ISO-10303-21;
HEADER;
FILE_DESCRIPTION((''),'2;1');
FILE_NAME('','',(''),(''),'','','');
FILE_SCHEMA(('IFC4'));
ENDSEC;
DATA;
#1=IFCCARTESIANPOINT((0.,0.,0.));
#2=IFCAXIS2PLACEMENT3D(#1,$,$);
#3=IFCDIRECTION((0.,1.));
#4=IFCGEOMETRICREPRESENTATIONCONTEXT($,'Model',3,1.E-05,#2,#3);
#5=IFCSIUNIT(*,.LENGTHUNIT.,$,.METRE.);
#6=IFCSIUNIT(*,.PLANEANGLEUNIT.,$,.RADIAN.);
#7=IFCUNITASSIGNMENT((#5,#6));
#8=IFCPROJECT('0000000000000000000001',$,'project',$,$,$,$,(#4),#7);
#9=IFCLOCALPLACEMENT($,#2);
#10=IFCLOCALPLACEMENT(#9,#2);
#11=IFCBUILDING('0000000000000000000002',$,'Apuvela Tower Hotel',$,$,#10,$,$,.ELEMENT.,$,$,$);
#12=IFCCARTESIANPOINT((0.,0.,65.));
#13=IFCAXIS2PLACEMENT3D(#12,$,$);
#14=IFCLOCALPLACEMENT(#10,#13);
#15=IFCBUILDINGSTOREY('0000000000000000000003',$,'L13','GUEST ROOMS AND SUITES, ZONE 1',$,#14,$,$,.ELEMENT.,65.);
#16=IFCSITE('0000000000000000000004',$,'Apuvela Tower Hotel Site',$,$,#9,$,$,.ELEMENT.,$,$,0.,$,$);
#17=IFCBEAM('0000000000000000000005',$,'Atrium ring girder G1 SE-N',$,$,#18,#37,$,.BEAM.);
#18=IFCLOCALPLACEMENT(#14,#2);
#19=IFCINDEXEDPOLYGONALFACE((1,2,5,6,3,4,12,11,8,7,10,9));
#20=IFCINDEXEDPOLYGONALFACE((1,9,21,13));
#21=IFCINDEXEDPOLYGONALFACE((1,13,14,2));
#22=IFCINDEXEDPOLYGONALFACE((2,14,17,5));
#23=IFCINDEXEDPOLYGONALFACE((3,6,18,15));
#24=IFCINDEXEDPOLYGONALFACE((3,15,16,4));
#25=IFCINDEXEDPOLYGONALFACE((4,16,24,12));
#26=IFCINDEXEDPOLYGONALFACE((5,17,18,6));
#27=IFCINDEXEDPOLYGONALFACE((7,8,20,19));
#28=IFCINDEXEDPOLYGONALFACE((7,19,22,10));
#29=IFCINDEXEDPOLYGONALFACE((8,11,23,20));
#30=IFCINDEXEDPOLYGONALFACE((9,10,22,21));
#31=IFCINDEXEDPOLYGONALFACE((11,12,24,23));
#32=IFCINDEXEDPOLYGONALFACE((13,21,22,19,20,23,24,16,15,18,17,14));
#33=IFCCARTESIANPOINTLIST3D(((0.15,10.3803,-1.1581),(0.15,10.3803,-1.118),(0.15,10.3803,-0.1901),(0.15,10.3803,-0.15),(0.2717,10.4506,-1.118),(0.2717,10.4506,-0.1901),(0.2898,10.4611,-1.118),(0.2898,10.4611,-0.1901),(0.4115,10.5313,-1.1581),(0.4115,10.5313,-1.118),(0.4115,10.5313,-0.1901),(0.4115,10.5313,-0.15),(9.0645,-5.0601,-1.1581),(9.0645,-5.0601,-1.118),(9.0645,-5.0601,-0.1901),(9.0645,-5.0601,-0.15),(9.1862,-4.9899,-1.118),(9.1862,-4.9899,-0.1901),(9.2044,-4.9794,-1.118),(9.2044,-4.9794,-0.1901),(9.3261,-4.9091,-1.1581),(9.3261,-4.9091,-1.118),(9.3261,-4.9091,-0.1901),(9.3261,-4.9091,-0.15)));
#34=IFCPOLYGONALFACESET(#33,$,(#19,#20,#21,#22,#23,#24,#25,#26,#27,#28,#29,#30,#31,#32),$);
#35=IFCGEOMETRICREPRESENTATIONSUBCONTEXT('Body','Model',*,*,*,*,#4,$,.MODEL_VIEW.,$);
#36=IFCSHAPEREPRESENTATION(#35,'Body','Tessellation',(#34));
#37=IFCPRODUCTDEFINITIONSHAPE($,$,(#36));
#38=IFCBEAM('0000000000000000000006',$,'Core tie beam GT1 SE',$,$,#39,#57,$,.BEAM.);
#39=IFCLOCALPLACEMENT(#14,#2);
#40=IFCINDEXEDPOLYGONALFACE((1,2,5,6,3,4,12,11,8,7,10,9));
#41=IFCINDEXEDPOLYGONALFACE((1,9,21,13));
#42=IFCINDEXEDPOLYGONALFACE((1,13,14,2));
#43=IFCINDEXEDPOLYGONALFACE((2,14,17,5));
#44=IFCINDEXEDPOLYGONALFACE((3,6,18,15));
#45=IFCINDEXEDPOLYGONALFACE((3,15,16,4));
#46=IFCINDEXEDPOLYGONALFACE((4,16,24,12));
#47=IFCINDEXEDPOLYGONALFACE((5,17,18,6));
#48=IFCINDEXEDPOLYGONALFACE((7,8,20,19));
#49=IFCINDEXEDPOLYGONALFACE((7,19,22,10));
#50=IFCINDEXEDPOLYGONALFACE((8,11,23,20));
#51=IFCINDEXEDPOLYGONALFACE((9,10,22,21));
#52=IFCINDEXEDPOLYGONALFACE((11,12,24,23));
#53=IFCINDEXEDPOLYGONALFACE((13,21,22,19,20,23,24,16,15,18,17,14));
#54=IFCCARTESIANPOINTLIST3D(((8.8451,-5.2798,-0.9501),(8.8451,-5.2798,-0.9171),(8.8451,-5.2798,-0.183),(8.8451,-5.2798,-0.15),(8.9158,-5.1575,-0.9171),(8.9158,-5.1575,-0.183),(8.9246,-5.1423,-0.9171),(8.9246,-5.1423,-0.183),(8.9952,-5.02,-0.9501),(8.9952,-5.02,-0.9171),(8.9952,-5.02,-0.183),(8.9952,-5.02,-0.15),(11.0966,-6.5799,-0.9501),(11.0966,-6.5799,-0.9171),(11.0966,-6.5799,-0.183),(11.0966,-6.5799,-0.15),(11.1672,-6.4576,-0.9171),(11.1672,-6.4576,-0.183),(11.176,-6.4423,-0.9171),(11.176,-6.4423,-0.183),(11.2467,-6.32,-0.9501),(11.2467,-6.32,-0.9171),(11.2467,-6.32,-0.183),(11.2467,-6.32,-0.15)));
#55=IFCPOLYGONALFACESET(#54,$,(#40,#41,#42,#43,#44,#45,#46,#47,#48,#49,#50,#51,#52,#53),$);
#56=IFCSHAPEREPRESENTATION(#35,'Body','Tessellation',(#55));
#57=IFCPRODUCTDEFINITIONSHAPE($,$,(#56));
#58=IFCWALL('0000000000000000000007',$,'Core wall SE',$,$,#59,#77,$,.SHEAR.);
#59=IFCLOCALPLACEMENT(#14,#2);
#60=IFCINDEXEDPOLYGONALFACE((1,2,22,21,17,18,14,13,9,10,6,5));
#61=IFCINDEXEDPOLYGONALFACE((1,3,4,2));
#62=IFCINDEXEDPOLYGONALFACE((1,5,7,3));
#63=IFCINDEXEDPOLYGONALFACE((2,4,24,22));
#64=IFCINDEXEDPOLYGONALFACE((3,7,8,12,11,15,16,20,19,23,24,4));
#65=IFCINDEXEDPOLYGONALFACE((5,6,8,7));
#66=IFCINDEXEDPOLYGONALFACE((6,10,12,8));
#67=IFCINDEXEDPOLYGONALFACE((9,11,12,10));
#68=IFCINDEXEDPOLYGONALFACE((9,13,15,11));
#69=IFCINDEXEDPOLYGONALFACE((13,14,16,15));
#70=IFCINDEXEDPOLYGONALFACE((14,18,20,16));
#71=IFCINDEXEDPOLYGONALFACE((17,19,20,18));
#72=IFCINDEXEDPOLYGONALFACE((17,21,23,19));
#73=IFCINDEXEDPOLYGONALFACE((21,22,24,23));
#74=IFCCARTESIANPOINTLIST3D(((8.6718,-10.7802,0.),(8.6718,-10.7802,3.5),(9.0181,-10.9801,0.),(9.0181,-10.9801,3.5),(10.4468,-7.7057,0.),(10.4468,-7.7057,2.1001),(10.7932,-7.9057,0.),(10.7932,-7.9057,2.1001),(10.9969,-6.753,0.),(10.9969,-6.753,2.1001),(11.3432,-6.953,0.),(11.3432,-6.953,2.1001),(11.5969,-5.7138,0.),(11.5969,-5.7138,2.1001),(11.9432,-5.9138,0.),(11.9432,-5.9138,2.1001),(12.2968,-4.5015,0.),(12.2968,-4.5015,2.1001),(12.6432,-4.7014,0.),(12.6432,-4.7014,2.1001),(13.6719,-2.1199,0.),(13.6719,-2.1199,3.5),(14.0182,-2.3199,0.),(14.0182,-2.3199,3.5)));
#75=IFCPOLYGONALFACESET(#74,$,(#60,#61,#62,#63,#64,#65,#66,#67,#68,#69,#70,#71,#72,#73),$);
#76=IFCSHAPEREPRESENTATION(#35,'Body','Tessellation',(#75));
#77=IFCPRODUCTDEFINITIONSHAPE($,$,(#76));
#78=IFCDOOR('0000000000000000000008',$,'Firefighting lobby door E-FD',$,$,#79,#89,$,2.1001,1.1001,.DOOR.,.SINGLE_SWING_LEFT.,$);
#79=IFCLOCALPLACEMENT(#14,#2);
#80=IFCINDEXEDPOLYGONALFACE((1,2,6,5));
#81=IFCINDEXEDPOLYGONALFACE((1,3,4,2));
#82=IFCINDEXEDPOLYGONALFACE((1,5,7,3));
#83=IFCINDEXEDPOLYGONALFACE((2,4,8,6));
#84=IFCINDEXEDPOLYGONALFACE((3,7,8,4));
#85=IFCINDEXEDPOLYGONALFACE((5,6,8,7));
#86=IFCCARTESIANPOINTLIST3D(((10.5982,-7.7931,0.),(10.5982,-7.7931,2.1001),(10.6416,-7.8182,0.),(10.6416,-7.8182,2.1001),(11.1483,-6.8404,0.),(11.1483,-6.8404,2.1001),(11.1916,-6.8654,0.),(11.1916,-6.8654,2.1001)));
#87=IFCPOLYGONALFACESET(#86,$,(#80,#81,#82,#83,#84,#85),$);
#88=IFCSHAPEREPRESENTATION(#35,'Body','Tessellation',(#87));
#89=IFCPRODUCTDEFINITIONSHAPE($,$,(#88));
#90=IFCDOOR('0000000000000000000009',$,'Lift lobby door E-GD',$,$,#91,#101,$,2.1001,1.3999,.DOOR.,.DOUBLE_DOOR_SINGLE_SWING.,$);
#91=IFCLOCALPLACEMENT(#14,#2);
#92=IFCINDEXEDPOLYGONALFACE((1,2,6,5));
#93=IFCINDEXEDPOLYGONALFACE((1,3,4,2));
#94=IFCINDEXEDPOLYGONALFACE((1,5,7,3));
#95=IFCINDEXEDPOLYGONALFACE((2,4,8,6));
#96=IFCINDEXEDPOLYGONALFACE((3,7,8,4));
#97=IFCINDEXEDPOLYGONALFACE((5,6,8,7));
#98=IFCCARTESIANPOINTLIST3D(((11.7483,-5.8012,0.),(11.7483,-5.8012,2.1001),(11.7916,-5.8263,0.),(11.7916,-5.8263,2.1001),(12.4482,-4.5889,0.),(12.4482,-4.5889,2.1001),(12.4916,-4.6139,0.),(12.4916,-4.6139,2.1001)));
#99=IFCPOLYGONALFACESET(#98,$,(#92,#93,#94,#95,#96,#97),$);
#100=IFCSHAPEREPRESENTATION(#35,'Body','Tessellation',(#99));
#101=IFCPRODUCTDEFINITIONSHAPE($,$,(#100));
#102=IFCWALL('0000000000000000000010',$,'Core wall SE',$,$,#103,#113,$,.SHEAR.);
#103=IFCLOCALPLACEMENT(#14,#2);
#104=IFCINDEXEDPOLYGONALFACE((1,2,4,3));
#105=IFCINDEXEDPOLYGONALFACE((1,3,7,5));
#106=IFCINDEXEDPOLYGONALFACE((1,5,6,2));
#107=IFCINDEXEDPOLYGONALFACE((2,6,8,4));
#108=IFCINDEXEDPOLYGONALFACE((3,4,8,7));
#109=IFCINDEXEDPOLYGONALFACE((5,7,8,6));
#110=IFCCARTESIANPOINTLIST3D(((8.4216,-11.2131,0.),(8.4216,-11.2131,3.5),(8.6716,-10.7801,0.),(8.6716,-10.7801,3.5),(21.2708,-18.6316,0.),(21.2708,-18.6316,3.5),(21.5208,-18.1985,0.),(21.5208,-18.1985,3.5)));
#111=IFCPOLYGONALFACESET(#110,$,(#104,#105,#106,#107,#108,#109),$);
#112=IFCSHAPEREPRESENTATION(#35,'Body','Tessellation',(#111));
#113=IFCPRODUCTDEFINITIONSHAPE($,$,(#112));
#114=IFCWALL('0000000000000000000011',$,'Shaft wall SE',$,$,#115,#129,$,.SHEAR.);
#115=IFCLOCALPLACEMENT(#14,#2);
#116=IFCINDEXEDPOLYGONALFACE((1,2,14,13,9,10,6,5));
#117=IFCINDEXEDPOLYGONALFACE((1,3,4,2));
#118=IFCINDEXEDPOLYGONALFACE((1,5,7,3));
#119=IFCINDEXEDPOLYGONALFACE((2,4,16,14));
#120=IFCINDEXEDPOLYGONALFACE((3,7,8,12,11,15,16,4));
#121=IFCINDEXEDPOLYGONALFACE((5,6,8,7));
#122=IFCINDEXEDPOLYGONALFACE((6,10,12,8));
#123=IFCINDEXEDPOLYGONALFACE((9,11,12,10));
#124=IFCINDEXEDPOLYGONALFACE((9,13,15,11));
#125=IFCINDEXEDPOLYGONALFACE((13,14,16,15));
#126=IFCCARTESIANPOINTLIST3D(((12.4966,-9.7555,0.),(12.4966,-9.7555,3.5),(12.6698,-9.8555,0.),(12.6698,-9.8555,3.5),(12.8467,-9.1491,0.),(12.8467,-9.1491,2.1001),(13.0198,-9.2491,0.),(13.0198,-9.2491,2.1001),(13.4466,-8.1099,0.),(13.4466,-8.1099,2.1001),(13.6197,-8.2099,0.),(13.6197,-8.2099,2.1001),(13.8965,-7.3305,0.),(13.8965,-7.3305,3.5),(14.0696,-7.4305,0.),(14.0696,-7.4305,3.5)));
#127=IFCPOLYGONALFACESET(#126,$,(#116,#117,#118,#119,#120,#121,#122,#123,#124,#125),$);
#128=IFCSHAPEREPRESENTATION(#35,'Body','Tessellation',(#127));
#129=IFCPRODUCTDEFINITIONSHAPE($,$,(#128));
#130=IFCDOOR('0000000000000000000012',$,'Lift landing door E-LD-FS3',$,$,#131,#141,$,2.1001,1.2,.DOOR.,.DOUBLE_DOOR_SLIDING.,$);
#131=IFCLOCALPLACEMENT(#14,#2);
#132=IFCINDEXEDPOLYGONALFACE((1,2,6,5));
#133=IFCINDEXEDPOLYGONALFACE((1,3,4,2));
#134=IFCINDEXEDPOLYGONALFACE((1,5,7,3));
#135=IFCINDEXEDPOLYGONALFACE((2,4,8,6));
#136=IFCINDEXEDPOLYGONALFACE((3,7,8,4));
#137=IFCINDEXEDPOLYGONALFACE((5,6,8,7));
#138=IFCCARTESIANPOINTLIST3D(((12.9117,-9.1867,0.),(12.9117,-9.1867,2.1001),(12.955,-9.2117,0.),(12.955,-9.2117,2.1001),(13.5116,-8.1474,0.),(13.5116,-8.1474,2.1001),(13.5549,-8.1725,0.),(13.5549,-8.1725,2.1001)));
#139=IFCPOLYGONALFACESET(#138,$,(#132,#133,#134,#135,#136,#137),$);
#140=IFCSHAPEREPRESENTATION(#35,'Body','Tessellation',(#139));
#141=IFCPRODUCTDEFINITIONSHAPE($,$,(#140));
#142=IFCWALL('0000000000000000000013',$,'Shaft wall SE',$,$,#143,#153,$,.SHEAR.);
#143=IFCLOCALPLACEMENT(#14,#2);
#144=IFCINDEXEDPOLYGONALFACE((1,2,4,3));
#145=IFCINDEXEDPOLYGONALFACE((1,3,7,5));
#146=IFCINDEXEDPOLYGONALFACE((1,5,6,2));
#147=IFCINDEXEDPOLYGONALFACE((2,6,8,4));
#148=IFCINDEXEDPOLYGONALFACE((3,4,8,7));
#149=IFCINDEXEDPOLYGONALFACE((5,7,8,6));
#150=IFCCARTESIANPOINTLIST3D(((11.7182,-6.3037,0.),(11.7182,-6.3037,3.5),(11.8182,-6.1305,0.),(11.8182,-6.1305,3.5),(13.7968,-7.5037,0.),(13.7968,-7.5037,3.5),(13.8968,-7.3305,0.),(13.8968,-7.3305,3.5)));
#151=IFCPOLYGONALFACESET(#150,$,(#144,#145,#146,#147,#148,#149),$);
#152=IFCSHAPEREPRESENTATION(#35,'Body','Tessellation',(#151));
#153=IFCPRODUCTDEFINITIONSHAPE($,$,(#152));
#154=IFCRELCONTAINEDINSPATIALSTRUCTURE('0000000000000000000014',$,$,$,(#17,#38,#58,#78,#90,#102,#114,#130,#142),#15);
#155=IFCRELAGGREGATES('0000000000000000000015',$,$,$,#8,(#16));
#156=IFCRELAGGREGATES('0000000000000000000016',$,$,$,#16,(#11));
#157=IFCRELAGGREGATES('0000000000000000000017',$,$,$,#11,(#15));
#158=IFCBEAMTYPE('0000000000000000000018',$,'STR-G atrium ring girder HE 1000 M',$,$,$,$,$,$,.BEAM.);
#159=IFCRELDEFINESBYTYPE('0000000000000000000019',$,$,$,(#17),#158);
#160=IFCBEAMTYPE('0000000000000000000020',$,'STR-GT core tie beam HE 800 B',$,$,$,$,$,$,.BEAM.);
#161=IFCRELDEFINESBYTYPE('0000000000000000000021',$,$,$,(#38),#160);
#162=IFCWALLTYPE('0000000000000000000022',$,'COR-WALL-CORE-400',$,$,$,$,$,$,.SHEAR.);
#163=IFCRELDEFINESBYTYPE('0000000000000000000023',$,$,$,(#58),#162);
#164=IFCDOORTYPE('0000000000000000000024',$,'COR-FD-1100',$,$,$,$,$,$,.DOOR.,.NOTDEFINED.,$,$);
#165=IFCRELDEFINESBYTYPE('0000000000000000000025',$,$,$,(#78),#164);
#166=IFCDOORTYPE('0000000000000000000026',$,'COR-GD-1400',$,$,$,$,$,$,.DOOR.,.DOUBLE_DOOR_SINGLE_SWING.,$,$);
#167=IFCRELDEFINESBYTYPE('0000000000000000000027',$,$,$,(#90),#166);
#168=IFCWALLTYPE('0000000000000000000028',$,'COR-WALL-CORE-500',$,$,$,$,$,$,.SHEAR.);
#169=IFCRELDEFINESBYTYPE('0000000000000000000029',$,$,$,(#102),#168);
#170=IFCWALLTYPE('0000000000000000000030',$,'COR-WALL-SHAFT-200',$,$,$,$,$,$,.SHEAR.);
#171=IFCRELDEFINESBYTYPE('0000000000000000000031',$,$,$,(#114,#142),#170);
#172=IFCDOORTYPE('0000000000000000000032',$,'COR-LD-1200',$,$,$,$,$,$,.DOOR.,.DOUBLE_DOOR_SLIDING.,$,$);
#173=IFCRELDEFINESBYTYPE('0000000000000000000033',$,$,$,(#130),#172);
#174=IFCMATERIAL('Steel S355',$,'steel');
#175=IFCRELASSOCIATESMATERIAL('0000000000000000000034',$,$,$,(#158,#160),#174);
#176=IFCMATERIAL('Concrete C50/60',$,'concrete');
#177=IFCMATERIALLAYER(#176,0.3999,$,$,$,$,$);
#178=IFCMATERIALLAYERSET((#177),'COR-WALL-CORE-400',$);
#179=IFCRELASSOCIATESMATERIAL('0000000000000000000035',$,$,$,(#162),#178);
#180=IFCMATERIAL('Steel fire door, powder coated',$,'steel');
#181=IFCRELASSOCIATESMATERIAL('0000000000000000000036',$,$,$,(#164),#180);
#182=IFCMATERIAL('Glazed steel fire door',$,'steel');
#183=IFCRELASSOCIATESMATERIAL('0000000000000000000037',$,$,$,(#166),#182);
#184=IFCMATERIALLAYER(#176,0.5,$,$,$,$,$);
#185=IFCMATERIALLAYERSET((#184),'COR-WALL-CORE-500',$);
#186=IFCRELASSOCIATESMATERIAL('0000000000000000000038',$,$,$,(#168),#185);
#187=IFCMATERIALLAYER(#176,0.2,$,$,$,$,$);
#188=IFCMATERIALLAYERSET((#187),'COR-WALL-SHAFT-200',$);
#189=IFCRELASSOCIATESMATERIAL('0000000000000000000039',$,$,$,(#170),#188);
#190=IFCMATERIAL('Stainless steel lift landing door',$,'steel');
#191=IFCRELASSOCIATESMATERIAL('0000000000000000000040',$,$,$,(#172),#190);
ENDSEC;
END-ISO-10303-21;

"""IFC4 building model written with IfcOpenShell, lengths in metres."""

from ifc_helpers import new_model, si_unit, direction, frame, frame_2d, origin, origin_2d, place, context, subcontext, project, spatial, rectangle, i_section, extrude, material, layer, layer_set, material_profile, profile_set, type_object, element, fill, save


model = new_model("IFC4")

# Units and contexts
model_context = context("Model", 3, precision=1e-05, world=origin(), true_north=direction((0.0, 1.0)))
body_context = subcontext(model_context, "Body", "Model", "MODEL_VIEW")
ifc_project = project(units=[si_unit("LENGTHUNIT", "METRE"), si_unit("PLANEANGLEUNIT", "RADIAN")], contexts=[model_context])

# Site, building, storey
site_placement = place(None, origin())
site = spatial("IfcSite", under=ifc_project, at=site_placement, Name="Apuvela Tower Hotel Site", CompositionType="ELEMENT", RefElevation=0.0)
building_placement = place(site_placement, origin())
building = spatial("IfcBuilding", under=site, at=building_placement, Name="Apuvela Tower Hotel", CompositionType="ELEMENT")
storey_placement = place(building_placement, frame((0.0, 0.0, 65.0)))
storey = spatial("IfcBuildingStorey", under=building, at=storey_placement, Name="L13", Description="GUEST ROOMS AND SUITES, ZONE 1", CompositionType="ELEMENT", Elevation=65.0)

# Beams
ifc_material_1 = material(Name="Steel S355", Category="steel")
ifc_material_profile_1 = material_profile(ifc_material_1, i_section(OverallWidth=0.302, OverallDepth=1.0081, WebThickness=0.021, FlangeThickness=0.04, at=origin_2d()), Name="HE 1000 M")
ifc_profile_set_1 = profile_set([ifc_material_profile_1], Name="Steel S355")
beam_type_1 = type_object("IfcBeamType", Name="STR-G atrium ring girder HE 1000 M", PredefinedType="BEAM", material=ifc_profile_set_1)
beam_1_placement = place(storey_placement, frame((9.1953, -4.9846, -0.6541), z_axis=(-0.500001, 0.866025, 0.0), x_axis=(-0.866025, -0.500001, 0.0)))
element("IfcBeam", 1, at=beam_1_placement, inside=storey, type_object=beam_type_1, Name="Atrium ring girder G1 SE-N", PredefinedType="BEAM", context=body_context, shape_type="SweptSolid", body=[
    extrude(i_section(OverallWidth=0.302, OverallDepth=1.0081, WebThickness=0.021, FlangeThickness=0.04, at=origin_2d()), origin(), (0.0, 0.0, 1.0), 17.8291),
])
ifc_material_profile_2 = material_profile(ifc_material_1, i_section(OverallWidth=0.3, OverallDepth=0.8, WebThickness=0.0176, FlangeThickness=0.033, at=origin_2d()), Name="HE 800 B")
ifc_profile_set_2 = profile_set([ifc_material_profile_2], Name="Steel S355")
beam_type_2 = type_object("IfcBeamType", Name="STR-GT core tie beam HE 800 B", PredefinedType="BEAM", material=ifc_profile_set_2)
beam_2_placement = place(storey_placement, frame((11.1716, -6.45, -0.55), z_axis=(-0.865998, 0.500048, 0.0), x_axis=(-0.500048, -0.865998, 0.0)))
element("IfcBeam", 2, at=beam_2_placement, inside=storey, type_object=beam_type_2, Name="Core tie beam GT1 SE", PredefinedType="BEAM", context=body_context, shape_type="SweptSolid", body=[
    extrude(i_section(OverallWidth=0.3, OverallDepth=0.8, WebThickness=0.0176, FlangeThickness=0.033, at=origin_2d()), origin(), (0.0, 0.0, 1.0), 2.5999),
])

# Wall, openings, doors
ifc_material_2 = material(Name="Concrete C50/60", Category="concrete")
ifc_layer_1 = layer(ifc_material_2, 0.3999)
ifc_layer_set_1 = layer_set([ifc_layer_1], Name="COR-WALL-CORE-400")
wall_type_1 = type_object("IfcWallType", Name="COR-WALL-CORE-400", PredefinedType="SHEAR", material=ifc_layer_set_1)
wall_1_placement = place(storey_placement, frame((8.845, -10.8801, 0.0), z_axis=(0.0, 0.0, 1.0), x_axis=(0.500004, 0.866023, 0.0)))
wall_1 = element("IfcWall", 3, at=wall_1_placement, inside=storey, type_object=wall_type_1, Name="Core wall SE", PredefinedType="SHEAR", context=body_context, shape_type="SweptSolid", body=[
    extrude(rectangle(XDim=10.0, YDim=0.3999, at=frame_2d((5.0, 0.0))), origin(), (0.0, 0.0, 1.0), 3.5),
])
opening_1_placement = place(wall_1_placement, frame((3.55, 0.0, 0.0)))
opening_1 = element("IfcOpeningElement", 4, at=opening_1_placement, cuts=wall_1, PredefinedType="OPENING", context=body_context, shape_type="SweptSolid", body=[
    extrude(rectangle(XDim=1.1001, YDim=2.1001, at=frame_2d((0.55, 1.05))), frame((0.0, 0.21, 0.0), z_axis=(0.0, -1.0, 0.0), x_axis=(1.0, 0.0, 0.0)), (0.0, 0.0, 1.0), 0.4199),
])
opening_2_placement = place(wall_1_placement, frame((5.8501, 0.0, 0.0)))
opening_2 = element("IfcOpeningElement", 5, at=opening_2_placement, cuts=wall_1, PredefinedType="OPENING", context=body_context, shape_type="SweptSolid", body=[
    extrude(rectangle(XDim=1.3999, YDim=2.1001, at=frame_2d((0.7, 1.05))), frame((0.0, 0.21, 0.0), z_axis=(0.0, -1.0, 0.0), x_axis=(1.0, 0.0, 0.0)), (0.0, 0.0, 1.0), 0.4199),
])
ifc_material_3 = material(Name="Steel fire door, powder coated", Category="steel")
door_type_1 = type_object("IfcDoorType", Name="COR-FD-1100", OperationType="NOTDEFINED", PredefinedType="DOOR", material=ifc_material_3)
door_1_placement = place(opening_1_placement, frame((1.1001, 0.0, 0.0), z_axis=(0.0, 0.0, 1.0), x_axis=(-1.0, 0.0, 0.0)))
door_1 = element("IfcDoor", 6, at=door_1_placement, inside=storey, type_object=door_type_1, Name="Firefighting lobby door E-FD", OperationType="SINGLE_SWING_LEFT", OverallHeight=2.1001, OverallWidth=1.1001, PredefinedType="DOOR", context=body_context, shape_type="SweptSolid", body=[
    extrude(rectangle(XDim=1.1001, YDim=2.1001, at=frame_2d((0.55, 1.05))), frame((0.0, 0.0249, 0.0), z_axis=(0.0, -1.0, 0.0), x_axis=(1.0, 0.0, 0.0)), (0.0, 0.0, 1.0), 0.05),
])
fill(opening_1, door_1)
ifc_material_4 = material(Name="Glazed steel fire door", Category="steel")
door_type_2 = type_object("IfcDoorType", Name="COR-GD-1400", OperationType="DOUBLE_DOOR_SINGLE_SWING", PredefinedType="DOOR", material=ifc_material_4)
door_2_placement = place(opening_2_placement, frame((1.3999, 0.0, 0.0), z_axis=(0.0, 0.0, 1.0), x_axis=(-1.0, 0.0, 0.0)))
door_2 = element("IfcDoor", 7, at=door_2_placement, inside=storey, type_object=door_type_2, Name="Lift lobby door E-GD", OperationType="DOUBLE_DOOR_SINGLE_SWING", OverallHeight=2.1001, OverallWidth=1.3999, PredefinedType="DOOR", context=body_context, shape_type="SweptSolid", body=[
    extrude(rectangle(XDim=1.3999, YDim=2.1001, at=frame_2d((0.7, 1.05))), frame((0.0, 0.0249, 0.0), z_axis=(0.0, -1.0, 0.0), x_axis=(1.0, 0.0, 0.0)), (0.0, 0.0, 1.0), 0.05),
])
fill(opening_2, door_2)

# Wall
ifc_layer_2 = layer(ifc_material_2, 0.5)
ifc_layer_set_2 = layer_set([ifc_layer_2], Name="COR-WALL-CORE-500")
wall_type_2 = type_object("IfcWallType", Name="COR-WALL-CORE-500", PredefinedType="SHEAR", material=ifc_layer_set_2)
wall_2_placement = place(storey_placement, frame((8.5466, -10.9966, 0.0), z_axis=(0.0, 0.0, 1.0), x_axis=(0.866025, -0.500001, 0.0)))
element("IfcWall", 8, at=wall_2_placement, inside=storey, type_object=wall_type_2, Name="Core wall SE", PredefinedType="SHEAR", context=body_context, shape_type="SweptSolid", body=[
    extrude(rectangle(XDim=14.8369, YDim=0.5, at=frame_2d((7.4185, 0.0))), origin(), (0.0, 0.0, 1.0), 3.5),
])

# Wall, opening, door
ifc_layer_3 = layer(ifc_material_2, 0.2)
ifc_layer_set_3 = layer_set([ifc_layer_3], Name="COR-WALL-SHAFT-200")
wall_type_3 = type_object("IfcWallType", Name="COR-WALL-SHAFT-200", PredefinedType="SHEAR", material=ifc_layer_set_3)
wall_3_placement = place(storey_placement, frame((12.5833, -9.8054, 0.0), z_axis=(0.0, 0.0, 1.0), x_axis=(0.499946, 0.866056, 0.0)))
wall_3 = element("IfcWall", 9, at=wall_3_placement, inside=storey, type_object=wall_type_3, Name="Shaft wall SE", PredefinedType="SHEAR", context=body_context, shape_type="SweptSolid", body=[
    extrude(rectangle(XDim=2.8, YDim=0.2, at=frame_2d((1.3999, 0.0))), origin(), (0.0, 0.0, 1.0), 3.5),
])
opening_3_placement = place(wall_3_placement, frame((0.7, 0.0, 0.0)))
opening_3 = element("IfcOpeningElement", 10, at=opening_3_placement, cuts=wall_3, PredefinedType="OPENING", context=body_context, shape_type="SweptSolid", body=[
    extrude(rectangle(XDim=1.2, YDim=2.1001, at=frame_2d((0.6001, 1.05))), frame((0.0, 0.1099, 0.0), z_axis=(0.0, -1.0, 0.0), x_axis=(1.0, 0.0, 0.0)), (0.0, 0.0, 1.0), 0.22),
])
ifc_material_5 = material(Name="Stainless steel lift landing door", Category="steel")
door_type_3 = type_object("IfcDoorType", Name="COR-LD-1200", OperationType="DOUBLE_DOOR_SLIDING", PredefinedType="DOOR", material=ifc_material_5)
door_3_placement = place(opening_3_placement, origin())
door_3 = element("IfcDoor", 11, at=door_3_placement, inside=storey, type_object=door_type_3, Name="Lift landing door E-LD-FS3", OperationType="DOUBLE_DOOR_SLIDING", OverallHeight=2.1001, OverallWidth=1.2, PredefinedType="DOOR", context=body_context, shape_type="SweptSolid", body=[
    extrude(rectangle(XDim=1.2, YDim=2.1001, at=frame_2d((0.6001, 1.05))), frame((0.0, 0.0249, 0.0), z_axis=(0.0, -1.0, 0.0), x_axis=(1.0, 0.0, 0.0)), (0.0, 0.0, 1.0), 0.05),
])
fill(opening_3, door_3)

# Wall
wall_4_placement = place(storey_placement, frame((11.7681, -6.217, 0.0), z_axis=(0.0, 0.0, 1.0), x_axis=(0.86605, -0.499957, 0.0)))
element("IfcWall", 12, at=wall_4_placement, inside=storey, type_object=wall_type_3, Name="Shaft wall SE", PredefinedType="SHEAR", context=body_context, shape_type="SweptSolid", body=[
    extrude(rectangle(XDim=2.4001, YDim=0.2, at=frame_2d((1.2002, 0.0))), origin(), (0.0, 0.0, 1.0), 3.5),
])

save(model, "model.ifc")
